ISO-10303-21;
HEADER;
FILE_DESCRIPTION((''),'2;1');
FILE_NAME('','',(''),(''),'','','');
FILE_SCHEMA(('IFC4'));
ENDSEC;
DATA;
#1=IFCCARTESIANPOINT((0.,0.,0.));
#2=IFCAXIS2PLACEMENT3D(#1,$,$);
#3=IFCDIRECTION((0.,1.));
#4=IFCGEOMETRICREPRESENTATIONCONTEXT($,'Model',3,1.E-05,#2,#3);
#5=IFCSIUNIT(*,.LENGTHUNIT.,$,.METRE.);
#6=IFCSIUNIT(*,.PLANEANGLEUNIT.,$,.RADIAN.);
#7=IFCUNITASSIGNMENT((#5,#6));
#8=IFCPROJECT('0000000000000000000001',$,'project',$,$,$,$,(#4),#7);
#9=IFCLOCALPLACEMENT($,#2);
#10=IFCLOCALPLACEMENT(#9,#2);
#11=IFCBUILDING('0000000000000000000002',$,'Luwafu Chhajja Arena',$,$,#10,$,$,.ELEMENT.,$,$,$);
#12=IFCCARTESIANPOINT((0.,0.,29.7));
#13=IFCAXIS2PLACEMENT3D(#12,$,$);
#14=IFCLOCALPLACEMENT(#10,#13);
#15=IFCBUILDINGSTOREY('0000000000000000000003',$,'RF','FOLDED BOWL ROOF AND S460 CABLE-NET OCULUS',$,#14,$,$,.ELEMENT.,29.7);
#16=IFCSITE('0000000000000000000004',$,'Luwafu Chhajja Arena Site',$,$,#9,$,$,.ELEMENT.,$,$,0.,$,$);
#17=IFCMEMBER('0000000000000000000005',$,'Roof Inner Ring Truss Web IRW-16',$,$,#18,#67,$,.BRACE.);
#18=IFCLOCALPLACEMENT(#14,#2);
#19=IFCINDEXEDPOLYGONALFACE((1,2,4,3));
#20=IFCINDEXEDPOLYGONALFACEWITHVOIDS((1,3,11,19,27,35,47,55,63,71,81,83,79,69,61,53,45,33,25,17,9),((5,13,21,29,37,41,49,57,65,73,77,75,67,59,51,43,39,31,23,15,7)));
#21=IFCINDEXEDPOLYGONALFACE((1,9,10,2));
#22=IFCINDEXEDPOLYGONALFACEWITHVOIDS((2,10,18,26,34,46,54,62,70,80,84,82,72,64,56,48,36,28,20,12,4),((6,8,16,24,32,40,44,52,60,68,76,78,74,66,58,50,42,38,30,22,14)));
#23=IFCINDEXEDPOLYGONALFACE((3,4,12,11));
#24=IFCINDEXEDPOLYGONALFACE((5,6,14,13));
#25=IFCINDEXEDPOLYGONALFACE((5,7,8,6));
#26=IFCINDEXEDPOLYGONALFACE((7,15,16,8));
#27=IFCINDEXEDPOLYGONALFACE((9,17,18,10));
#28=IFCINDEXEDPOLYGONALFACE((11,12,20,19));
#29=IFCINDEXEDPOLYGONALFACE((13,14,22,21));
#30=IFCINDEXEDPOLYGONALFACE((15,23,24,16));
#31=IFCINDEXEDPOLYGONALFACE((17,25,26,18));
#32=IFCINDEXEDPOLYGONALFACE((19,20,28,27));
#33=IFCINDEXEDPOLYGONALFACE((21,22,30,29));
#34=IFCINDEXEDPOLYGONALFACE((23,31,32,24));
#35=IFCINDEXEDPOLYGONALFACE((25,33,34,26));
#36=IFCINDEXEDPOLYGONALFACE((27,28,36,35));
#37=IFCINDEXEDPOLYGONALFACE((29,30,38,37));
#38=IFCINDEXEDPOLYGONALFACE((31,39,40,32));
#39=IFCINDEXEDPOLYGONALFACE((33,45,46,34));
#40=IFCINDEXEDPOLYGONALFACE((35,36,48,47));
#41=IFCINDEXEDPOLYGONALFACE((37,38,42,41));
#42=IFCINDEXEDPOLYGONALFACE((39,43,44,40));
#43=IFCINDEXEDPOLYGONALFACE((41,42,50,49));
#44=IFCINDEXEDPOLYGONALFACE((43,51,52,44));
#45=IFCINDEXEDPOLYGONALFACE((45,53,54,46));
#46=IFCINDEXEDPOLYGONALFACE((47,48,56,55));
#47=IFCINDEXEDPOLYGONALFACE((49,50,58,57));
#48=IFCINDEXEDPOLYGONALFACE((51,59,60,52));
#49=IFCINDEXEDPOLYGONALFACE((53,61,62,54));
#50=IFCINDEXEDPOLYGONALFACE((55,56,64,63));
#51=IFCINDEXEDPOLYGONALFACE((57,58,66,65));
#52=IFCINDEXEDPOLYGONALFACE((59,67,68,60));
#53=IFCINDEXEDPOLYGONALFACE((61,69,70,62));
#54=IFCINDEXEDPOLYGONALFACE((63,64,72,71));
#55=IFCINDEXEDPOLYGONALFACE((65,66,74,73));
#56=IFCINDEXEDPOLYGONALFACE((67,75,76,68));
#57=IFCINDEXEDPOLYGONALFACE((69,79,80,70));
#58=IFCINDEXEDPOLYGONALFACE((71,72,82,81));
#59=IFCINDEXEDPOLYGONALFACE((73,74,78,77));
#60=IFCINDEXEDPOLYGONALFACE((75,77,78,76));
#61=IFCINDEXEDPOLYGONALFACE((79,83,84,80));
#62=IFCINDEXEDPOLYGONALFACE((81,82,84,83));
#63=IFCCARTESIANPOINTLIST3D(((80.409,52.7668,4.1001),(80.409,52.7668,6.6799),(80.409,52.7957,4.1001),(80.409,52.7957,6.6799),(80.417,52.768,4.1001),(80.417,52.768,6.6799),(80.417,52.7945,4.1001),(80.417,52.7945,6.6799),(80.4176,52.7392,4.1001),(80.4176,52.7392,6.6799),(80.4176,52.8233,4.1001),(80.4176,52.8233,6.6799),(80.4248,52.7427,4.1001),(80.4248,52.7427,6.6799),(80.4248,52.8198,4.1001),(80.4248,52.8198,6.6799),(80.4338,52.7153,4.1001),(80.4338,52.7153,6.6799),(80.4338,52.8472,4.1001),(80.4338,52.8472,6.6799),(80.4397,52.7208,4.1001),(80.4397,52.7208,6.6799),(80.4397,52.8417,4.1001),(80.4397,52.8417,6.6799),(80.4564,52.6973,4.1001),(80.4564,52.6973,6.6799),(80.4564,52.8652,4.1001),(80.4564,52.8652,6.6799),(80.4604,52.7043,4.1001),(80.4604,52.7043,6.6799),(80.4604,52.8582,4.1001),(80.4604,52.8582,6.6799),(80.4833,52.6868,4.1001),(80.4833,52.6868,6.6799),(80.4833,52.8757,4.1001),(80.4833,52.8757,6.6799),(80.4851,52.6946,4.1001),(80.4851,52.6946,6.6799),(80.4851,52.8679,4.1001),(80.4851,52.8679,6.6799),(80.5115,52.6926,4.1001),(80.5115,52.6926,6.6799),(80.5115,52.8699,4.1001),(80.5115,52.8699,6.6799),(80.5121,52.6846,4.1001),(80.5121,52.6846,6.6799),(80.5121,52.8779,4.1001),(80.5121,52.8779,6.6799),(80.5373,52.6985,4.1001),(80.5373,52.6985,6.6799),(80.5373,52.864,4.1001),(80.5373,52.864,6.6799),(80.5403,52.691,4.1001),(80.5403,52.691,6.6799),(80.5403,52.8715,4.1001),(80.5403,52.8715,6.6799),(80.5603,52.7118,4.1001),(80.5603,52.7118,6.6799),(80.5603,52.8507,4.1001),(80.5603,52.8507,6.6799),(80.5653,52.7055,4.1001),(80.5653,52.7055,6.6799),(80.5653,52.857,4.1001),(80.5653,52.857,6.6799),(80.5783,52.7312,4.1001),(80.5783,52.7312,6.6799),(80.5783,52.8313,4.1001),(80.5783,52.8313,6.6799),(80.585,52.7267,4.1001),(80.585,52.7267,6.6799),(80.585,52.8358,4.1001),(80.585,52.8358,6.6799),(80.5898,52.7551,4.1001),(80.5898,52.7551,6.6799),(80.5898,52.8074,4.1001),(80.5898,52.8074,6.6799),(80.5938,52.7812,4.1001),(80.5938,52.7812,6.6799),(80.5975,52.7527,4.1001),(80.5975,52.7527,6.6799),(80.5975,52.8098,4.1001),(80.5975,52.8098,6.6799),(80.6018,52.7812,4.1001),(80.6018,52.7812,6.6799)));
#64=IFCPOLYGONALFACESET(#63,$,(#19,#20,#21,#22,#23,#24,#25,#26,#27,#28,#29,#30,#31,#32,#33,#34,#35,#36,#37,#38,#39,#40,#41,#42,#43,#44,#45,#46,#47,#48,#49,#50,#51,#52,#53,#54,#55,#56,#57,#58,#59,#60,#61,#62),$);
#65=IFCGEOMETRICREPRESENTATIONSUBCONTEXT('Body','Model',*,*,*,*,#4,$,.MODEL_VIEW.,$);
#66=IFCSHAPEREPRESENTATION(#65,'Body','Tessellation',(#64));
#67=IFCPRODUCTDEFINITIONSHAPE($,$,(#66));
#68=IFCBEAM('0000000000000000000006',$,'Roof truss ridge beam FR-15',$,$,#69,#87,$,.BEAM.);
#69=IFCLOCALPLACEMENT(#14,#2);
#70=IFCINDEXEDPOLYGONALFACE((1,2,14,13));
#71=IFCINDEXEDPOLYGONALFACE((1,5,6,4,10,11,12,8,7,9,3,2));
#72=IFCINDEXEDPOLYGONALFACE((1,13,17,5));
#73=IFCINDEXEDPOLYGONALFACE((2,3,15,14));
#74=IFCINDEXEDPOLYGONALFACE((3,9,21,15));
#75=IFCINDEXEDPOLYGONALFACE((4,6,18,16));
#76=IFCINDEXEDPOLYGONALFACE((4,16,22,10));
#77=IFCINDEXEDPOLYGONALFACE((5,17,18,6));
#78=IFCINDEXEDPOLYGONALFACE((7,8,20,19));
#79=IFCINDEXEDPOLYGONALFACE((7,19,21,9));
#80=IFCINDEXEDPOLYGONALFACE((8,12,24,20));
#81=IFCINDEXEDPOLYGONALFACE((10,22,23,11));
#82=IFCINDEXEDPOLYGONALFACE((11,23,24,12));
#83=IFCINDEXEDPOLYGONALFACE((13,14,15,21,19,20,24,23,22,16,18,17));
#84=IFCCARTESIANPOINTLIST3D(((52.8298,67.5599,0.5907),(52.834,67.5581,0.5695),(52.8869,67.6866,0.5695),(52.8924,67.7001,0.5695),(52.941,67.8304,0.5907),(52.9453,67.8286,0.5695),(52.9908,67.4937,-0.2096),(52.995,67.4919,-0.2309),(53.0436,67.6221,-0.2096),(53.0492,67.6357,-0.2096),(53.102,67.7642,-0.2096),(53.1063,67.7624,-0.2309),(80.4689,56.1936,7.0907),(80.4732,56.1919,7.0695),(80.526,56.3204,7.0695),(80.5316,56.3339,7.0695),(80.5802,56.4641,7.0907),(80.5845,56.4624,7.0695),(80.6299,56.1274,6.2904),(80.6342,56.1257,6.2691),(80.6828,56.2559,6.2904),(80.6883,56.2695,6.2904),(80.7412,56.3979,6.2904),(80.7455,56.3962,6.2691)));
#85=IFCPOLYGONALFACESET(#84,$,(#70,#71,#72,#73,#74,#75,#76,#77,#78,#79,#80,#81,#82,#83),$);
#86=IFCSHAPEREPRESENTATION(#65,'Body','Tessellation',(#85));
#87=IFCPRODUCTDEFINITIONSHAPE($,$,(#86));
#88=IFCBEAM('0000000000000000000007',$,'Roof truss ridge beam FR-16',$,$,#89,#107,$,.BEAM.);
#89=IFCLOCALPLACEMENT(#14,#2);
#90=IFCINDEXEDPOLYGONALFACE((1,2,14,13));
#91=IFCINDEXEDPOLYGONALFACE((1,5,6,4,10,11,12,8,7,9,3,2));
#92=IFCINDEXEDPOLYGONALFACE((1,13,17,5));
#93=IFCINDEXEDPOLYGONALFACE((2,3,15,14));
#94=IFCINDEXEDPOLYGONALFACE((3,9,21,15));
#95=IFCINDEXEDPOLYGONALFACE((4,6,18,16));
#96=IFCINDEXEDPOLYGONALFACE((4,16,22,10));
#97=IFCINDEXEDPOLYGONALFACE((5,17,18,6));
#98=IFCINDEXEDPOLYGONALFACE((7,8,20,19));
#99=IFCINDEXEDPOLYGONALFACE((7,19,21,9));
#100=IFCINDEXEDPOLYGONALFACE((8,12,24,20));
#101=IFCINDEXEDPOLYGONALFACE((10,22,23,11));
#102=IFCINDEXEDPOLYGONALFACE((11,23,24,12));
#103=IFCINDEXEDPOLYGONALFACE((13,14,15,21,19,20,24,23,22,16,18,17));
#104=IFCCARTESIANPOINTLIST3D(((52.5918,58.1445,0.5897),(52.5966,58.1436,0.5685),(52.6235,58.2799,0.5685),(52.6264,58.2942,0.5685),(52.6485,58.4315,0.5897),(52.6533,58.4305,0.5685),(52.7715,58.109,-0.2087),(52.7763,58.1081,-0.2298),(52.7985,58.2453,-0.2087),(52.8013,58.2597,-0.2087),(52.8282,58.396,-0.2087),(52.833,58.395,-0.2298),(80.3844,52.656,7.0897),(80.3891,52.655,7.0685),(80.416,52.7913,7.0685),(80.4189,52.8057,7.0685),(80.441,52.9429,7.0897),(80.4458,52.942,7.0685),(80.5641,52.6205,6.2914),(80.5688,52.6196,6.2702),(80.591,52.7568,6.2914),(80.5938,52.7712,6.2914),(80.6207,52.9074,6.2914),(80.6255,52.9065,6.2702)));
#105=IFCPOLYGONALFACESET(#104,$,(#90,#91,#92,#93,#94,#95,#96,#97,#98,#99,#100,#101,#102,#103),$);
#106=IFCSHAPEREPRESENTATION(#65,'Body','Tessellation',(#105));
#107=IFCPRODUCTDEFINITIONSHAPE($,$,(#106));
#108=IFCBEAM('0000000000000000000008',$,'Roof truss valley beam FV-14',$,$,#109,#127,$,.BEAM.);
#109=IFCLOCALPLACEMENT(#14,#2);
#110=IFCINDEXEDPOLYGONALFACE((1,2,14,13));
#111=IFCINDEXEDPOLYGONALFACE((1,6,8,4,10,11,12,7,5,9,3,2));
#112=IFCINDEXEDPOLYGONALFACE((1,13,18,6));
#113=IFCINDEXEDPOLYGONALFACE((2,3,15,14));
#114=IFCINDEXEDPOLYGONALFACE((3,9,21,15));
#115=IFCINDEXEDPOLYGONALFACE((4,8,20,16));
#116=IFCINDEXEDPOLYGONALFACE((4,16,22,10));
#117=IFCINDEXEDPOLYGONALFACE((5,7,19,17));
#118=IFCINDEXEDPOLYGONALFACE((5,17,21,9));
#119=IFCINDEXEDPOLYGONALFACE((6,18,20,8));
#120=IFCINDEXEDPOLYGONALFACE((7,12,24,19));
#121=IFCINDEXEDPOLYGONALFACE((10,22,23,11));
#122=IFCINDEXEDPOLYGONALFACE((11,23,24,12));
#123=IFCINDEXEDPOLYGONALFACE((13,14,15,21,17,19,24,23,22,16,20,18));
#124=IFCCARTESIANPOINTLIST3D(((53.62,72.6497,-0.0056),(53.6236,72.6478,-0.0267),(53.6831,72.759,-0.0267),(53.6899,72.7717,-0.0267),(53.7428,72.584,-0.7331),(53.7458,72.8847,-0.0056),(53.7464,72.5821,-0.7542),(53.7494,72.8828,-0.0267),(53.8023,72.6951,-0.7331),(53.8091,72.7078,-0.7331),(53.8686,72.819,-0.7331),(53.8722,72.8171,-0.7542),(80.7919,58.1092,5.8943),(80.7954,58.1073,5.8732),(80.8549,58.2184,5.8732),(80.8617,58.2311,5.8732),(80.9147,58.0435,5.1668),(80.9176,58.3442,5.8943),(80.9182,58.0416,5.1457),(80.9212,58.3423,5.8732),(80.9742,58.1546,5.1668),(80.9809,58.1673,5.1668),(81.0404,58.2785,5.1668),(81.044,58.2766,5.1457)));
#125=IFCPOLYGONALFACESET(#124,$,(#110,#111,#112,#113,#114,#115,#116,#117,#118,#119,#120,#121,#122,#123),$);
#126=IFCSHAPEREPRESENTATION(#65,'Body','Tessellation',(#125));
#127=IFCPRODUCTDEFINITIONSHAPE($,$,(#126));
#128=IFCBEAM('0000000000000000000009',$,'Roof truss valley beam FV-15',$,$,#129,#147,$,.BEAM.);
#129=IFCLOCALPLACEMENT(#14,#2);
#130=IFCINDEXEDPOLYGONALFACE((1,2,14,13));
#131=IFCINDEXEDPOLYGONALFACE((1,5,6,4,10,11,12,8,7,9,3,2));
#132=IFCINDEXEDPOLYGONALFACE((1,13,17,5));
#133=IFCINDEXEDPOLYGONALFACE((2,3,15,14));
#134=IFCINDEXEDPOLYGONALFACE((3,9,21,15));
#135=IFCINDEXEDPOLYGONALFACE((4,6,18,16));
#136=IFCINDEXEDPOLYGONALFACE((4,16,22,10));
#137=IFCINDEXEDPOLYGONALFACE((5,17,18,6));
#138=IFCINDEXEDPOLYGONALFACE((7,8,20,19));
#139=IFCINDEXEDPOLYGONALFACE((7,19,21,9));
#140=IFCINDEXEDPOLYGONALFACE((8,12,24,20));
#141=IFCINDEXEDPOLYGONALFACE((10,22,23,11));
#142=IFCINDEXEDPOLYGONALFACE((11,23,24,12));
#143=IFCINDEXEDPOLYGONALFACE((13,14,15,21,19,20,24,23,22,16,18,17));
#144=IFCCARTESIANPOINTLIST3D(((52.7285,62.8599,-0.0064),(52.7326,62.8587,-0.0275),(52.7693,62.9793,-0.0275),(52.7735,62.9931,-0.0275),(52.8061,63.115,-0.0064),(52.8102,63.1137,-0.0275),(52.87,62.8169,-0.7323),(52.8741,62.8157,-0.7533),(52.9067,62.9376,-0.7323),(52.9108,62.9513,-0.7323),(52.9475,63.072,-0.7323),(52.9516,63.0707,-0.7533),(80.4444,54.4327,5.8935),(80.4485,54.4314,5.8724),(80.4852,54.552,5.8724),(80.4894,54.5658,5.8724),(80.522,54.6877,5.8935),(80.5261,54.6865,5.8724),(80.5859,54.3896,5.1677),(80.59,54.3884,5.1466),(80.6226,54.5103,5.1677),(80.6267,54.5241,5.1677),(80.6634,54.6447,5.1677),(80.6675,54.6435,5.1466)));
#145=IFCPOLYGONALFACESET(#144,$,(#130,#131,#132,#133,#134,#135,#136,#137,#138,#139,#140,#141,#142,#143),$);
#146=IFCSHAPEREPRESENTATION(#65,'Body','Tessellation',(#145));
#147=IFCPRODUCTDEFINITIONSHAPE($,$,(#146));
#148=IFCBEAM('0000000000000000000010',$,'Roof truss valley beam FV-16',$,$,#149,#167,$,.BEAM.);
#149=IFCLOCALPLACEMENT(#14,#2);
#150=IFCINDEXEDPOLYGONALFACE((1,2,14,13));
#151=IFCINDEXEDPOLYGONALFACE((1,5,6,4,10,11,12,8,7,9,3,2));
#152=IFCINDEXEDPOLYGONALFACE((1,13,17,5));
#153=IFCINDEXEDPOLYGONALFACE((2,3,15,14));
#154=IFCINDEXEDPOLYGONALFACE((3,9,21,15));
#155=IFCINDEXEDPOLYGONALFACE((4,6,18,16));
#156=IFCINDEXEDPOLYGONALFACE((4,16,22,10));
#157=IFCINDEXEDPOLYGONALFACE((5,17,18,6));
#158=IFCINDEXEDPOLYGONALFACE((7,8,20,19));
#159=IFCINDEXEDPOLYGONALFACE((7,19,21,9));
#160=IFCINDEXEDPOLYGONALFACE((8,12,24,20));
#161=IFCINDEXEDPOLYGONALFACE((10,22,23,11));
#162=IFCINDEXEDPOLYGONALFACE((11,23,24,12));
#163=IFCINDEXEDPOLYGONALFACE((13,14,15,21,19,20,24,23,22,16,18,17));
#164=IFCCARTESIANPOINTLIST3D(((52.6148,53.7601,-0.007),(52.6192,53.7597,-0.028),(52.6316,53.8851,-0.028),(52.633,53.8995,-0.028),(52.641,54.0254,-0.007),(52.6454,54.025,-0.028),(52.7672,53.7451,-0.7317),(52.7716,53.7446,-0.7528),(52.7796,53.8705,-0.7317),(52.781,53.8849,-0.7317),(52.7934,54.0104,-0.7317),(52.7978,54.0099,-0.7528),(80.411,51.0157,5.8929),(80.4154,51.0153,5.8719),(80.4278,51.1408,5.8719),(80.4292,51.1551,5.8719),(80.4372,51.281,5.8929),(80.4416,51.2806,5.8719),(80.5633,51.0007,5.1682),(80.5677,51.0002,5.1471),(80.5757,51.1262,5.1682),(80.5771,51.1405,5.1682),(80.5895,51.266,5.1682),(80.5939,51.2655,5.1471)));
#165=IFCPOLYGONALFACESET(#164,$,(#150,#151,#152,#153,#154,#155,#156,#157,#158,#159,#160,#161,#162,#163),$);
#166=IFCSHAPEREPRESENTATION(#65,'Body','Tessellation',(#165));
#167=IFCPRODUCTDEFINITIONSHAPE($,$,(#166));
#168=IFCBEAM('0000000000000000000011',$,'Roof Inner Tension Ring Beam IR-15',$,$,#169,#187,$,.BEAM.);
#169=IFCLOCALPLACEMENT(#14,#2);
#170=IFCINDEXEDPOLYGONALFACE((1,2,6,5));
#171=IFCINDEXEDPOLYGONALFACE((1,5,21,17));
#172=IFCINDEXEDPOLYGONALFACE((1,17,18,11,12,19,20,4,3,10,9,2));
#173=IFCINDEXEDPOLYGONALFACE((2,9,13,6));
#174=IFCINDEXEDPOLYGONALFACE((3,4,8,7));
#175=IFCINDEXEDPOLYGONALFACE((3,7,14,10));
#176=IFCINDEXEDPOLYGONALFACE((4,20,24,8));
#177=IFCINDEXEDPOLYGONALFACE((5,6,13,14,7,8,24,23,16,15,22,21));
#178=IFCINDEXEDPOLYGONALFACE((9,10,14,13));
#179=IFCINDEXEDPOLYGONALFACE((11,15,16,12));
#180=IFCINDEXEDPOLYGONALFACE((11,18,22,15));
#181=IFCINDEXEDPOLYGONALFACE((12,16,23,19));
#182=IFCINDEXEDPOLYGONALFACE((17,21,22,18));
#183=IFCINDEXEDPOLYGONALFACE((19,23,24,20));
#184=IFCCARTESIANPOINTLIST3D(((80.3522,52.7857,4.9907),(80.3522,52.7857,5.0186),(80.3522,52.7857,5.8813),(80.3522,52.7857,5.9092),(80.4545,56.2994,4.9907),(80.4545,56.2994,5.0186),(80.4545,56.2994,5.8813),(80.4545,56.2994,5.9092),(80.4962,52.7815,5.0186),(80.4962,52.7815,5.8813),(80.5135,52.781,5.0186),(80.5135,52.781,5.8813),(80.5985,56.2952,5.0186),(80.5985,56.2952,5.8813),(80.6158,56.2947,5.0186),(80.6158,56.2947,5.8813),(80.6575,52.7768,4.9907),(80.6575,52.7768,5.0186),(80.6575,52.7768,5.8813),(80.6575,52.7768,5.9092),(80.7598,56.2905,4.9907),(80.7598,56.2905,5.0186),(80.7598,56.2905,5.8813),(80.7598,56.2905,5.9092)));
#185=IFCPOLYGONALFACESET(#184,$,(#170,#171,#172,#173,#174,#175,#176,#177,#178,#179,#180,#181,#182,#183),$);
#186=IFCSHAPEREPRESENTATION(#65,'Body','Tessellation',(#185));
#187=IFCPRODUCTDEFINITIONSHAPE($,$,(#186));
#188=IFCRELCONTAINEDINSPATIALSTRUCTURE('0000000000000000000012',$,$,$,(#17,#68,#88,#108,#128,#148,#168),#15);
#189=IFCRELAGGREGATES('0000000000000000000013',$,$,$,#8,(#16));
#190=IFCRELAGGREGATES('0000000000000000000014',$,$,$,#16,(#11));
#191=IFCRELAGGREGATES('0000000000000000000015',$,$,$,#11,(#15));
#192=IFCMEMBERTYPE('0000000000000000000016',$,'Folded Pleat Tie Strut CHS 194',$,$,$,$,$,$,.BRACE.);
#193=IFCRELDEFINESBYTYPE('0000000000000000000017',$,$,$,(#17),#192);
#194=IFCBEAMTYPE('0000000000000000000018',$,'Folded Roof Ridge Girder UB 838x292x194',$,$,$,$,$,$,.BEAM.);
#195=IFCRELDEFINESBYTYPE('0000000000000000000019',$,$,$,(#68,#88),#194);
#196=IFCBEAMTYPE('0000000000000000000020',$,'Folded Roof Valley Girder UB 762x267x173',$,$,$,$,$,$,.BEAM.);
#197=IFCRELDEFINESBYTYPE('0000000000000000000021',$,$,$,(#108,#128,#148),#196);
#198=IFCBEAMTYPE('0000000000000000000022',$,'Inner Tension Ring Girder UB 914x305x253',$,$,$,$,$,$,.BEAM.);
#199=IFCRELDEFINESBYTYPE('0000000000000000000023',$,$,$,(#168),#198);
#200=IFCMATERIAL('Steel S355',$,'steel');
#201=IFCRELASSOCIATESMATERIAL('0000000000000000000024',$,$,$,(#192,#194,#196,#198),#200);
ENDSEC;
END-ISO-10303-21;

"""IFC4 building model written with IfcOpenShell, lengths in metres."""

from ifc_helpers import new_model, si_unit, direction, frame, origin, origin_2d, place, context, subcontext, project, spatial, hollow_circle, i_section, extrude, material, material_profile, profile_set, type_object, element, save


model = new_model("IFC4")

# Units and contexts
model_context = context("Model", 3, precision=1e-05, world=origin(), true_north=direction((0.0, 1.0)))
body_context = subcontext(model_context, "Body", "Model", "MODEL_VIEW")
ifc_project = project(units=[si_unit("LENGTHUNIT", "METRE"), si_unit("PLANEANGLEUNIT", "RADIAN")], contexts=[model_context])

# Site, building, storey
site_placement = place(None, origin())
site = spatial("IfcSite", under=ifc_project, at=site_placement, Name="Luwafu Chhajja Arena Site", CompositionType="ELEMENT", RefElevation=0.0)
building_placement = place(site_placement, origin())
building = spatial("IfcBuilding", under=site, at=building_placement, Name="Luwafu Chhajja Arena", CompositionType="ELEMENT")
storey_placement = place(building_placement, frame((0.0, 0.0, 29.7)))
storey = spatial("IfcBuildingStorey", under=building, at=storey_placement, Name="RF", Description="FOLDED BOWL ROOF AND S460 CABLE-NET OCULUS", CompositionType="ELEMENT", Elevation=29.7)

# Member
ifc_material_1 = material(Name="Steel S355", Category="steel")
ifc_material_profile_1 = material_profile(ifc_material_1, hollow_circle(Radius=0.0969, WallThickness=0.0081, at=origin_2d()), Name="CHS 193.7x8")
ifc_profile_set_1 = profile_set([ifc_material_profile_1], Name="Steel S355")
member_type_1 = type_object("IfcMemberType", Name="Folded Pleat Tie Strut CHS 194", PredefinedType="BRACE", material=ifc_profile_set_1)
member_1_placement = place(storey_placement, frame((80.5049, 52.7812, 4.1001), z_axis=(0.0, 0.0, 1.0), x_axis=(1.0, 0.0, 0.0)))
element("IfcMember", 1, at=member_1_placement, inside=storey, type_object=member_type_1, Name="Roof Inner Ring Truss Web IRW-16", PredefinedType="BRACE", context=body_context, shape_type="SweptSolid", body=[
    extrude(hollow_circle(Radius=0.0969, WallThickness=0.0081, at=origin_2d()), origin(), (0.0, 0.0, 1.0), 2.5798),
])

# Beams
ifc_material_profile_2 = material_profile(ifc_material_1, i_section(OverallWidth=0.2925, OverallDepth=0.8408, WebThickness=0.0146, FlangeThickness=0.0217, at=origin_2d()), Name="UB 838x292x194")
ifc_profile_set_2 = profile_set([ifc_material_profile_2], Name="Steel S355")
beam_type_1 = type_object("IfcBeamType", Name="Folded Roof Ridge Girder UB 838x292x194", PredefinedType="BEAM", material=ifc_profile_set_2)
beam_1_placement = place(storey_placement, frame((52.968, 67.6611, 0.1799), z_axis=(0.903721, -0.371643, 0.212531), x_axis=(0.380331, 0.92485, 0.0)))
element("IfcBeam", 2, at=beam_1_placement, inside=storey, type_object=beam_type_1, Name="Roof truss ridge beam FR-15", PredefinedType="BEAM", context=body_context, shape_type="SweptSolid", body=[
    extrude(i_section(OverallWidth=0.2925, OverallDepth=0.8408, WebThickness=0.0146, FlangeThickness=0.0217, at=origin_2d()), origin(), (0.0, 0.0, 1.0), 30.5837),
])
beam_2_placement = place(storey_placement, frame((52.7124, 58.2698, 0.1799), z_axis=(0.956206, -0.188834, 0.223634), x_axis=(0.193741, 0.981053, 0.0)))
element("IfcBeam", 3, at=beam_2_placement, inside=storey, type_object=beam_type_1, Name="Roof truss ridge beam FR-16", PredefinedType="BEAM", context=body_context, shape_type="SweptSolid", body=[
    extrude(i_section(OverallWidth=0.2925, OverallDepth=0.8408, WebThickness=0.0146, FlangeThickness=0.0217, at=origin_2d()), origin(), (0.0, 0.0, 1.0), 29.0654),
])
ifc_material_profile_3 = material_profile(ifc_material_1, i_section(OverallWidth=0.2666, OverallDepth=0.7622, WebThickness=0.0144, FlangeThickness=0.0215, at=origin_2d()), Name="UB 762x267x173")
ifc_profile_set_3 = profile_set([ifc_material_profile_3], Name="Steel S355")
beam_type_2 = type_object("IfcBeamType", Name="Folded Roof Valley Girder UB 762x267x173", PredefinedType="BEAM", material=ifc_profile_set_3)
beam_3_placement = place(storey_placement, frame((53.7461, 72.7334, -0.3799), z_axis=(0.865967, -0.463406, 0.18803), x_axis=(0.471822, 0.881694, 0.0)))
element("IfcBeam", 4, at=beam_3_placement, inside=storey, type_object=beam_type_2, Name="Roof truss valley beam FV-14", PredefinedType="BEAM", context=body_context, shape_type="SweptSolid", body=[
    extrude(i_section(OverallWidth=0.2666, OverallDepth=0.7622, WebThickness=0.0144, FlangeThickness=0.0215, at=origin_2d()), origin(), (0.0, 0.0, 1.0), 31.3774),
])
beam_4_placement = place(storey_placement, frame((52.8401, 62.9653, -0.3799), z_axis=(0.937505, -0.285057, 0.199568), x_axis=(0.290909, 0.956751, 0.0)))
element("IfcBeam", 5, at=beam_4_placement, inside=storey, type_object=beam_type_2, Name="Roof truss valley beam FV-15", PredefinedType="BEAM", context=body_context, shape_type="SweptSolid", body=[
    extrude(i_section(OverallWidth=0.2666, OverallDepth=0.7622, WebThickness=0.0144, FlangeThickness=0.0215, at=origin_2d()), origin(), (0.0, 0.0, 1.0), 29.5635),
])
beam_5_placement = place(storey_placement, frame((52.7063, 53.885, -0.3799), z_axis=(0.973677, -0.096134, 0.206669), x_axis=(0.098255, 0.995161, 0.0)))
element("IfcBeam", 6, at=beam_5_placement, inside=storey, type_object=beam_type_2, Name="Roof truss valley beam FV-16", PredefinedType="BEAM", context=body_context, shape_type="SweptSolid", body=[
    extrude(i_section(OverallWidth=0.2666, OverallDepth=0.7622, WebThickness=0.0144, FlangeThickness=0.0215, at=origin_2d()), origin(), (0.0, 0.0, 1.0), 28.5476),
])
ifc_material_profile_4 = material_profile(ifc_material_1, i_section(OverallWidth=0.3054, OverallDepth=0.9185, WebThickness=0.0173, FlangeThickness=0.0278, at=origin_2d()), Name="UB 914x305x253")
ifc_profile_set_4 = profile_set([ifc_material_profile_4], Name="Steel S355")
beam_type_3 = type_object("IfcBeamType", Name="Inner Tension Ring Girder UB 914x305x253", PredefinedType="BEAM", material=ifc_profile_set_4)
beam_6_placement = place(storey_placement, frame((80.6072, 56.2949, 5.45), z_axis=(-0.029101, -0.999576, 0.0), x_axis=(0.999576, -0.029101, 0.0)))
element("IfcBeam", 7, at=beam_6_placement, inside=storey, type_object=beam_type_3, Name="Roof Inner Tension Ring Beam IR-15", PredefinedType="BEAM", context=body_context, shape_type="SweptSolid", body=[
    extrude(i_section(OverallWidth=0.3054, OverallDepth=0.9185, WebThickness=0.0173, FlangeThickness=0.0278, at=origin_2d()), origin(), (0.0, 0.0, 1.0), 3.5151),
])

save(model, "model.ifc")
